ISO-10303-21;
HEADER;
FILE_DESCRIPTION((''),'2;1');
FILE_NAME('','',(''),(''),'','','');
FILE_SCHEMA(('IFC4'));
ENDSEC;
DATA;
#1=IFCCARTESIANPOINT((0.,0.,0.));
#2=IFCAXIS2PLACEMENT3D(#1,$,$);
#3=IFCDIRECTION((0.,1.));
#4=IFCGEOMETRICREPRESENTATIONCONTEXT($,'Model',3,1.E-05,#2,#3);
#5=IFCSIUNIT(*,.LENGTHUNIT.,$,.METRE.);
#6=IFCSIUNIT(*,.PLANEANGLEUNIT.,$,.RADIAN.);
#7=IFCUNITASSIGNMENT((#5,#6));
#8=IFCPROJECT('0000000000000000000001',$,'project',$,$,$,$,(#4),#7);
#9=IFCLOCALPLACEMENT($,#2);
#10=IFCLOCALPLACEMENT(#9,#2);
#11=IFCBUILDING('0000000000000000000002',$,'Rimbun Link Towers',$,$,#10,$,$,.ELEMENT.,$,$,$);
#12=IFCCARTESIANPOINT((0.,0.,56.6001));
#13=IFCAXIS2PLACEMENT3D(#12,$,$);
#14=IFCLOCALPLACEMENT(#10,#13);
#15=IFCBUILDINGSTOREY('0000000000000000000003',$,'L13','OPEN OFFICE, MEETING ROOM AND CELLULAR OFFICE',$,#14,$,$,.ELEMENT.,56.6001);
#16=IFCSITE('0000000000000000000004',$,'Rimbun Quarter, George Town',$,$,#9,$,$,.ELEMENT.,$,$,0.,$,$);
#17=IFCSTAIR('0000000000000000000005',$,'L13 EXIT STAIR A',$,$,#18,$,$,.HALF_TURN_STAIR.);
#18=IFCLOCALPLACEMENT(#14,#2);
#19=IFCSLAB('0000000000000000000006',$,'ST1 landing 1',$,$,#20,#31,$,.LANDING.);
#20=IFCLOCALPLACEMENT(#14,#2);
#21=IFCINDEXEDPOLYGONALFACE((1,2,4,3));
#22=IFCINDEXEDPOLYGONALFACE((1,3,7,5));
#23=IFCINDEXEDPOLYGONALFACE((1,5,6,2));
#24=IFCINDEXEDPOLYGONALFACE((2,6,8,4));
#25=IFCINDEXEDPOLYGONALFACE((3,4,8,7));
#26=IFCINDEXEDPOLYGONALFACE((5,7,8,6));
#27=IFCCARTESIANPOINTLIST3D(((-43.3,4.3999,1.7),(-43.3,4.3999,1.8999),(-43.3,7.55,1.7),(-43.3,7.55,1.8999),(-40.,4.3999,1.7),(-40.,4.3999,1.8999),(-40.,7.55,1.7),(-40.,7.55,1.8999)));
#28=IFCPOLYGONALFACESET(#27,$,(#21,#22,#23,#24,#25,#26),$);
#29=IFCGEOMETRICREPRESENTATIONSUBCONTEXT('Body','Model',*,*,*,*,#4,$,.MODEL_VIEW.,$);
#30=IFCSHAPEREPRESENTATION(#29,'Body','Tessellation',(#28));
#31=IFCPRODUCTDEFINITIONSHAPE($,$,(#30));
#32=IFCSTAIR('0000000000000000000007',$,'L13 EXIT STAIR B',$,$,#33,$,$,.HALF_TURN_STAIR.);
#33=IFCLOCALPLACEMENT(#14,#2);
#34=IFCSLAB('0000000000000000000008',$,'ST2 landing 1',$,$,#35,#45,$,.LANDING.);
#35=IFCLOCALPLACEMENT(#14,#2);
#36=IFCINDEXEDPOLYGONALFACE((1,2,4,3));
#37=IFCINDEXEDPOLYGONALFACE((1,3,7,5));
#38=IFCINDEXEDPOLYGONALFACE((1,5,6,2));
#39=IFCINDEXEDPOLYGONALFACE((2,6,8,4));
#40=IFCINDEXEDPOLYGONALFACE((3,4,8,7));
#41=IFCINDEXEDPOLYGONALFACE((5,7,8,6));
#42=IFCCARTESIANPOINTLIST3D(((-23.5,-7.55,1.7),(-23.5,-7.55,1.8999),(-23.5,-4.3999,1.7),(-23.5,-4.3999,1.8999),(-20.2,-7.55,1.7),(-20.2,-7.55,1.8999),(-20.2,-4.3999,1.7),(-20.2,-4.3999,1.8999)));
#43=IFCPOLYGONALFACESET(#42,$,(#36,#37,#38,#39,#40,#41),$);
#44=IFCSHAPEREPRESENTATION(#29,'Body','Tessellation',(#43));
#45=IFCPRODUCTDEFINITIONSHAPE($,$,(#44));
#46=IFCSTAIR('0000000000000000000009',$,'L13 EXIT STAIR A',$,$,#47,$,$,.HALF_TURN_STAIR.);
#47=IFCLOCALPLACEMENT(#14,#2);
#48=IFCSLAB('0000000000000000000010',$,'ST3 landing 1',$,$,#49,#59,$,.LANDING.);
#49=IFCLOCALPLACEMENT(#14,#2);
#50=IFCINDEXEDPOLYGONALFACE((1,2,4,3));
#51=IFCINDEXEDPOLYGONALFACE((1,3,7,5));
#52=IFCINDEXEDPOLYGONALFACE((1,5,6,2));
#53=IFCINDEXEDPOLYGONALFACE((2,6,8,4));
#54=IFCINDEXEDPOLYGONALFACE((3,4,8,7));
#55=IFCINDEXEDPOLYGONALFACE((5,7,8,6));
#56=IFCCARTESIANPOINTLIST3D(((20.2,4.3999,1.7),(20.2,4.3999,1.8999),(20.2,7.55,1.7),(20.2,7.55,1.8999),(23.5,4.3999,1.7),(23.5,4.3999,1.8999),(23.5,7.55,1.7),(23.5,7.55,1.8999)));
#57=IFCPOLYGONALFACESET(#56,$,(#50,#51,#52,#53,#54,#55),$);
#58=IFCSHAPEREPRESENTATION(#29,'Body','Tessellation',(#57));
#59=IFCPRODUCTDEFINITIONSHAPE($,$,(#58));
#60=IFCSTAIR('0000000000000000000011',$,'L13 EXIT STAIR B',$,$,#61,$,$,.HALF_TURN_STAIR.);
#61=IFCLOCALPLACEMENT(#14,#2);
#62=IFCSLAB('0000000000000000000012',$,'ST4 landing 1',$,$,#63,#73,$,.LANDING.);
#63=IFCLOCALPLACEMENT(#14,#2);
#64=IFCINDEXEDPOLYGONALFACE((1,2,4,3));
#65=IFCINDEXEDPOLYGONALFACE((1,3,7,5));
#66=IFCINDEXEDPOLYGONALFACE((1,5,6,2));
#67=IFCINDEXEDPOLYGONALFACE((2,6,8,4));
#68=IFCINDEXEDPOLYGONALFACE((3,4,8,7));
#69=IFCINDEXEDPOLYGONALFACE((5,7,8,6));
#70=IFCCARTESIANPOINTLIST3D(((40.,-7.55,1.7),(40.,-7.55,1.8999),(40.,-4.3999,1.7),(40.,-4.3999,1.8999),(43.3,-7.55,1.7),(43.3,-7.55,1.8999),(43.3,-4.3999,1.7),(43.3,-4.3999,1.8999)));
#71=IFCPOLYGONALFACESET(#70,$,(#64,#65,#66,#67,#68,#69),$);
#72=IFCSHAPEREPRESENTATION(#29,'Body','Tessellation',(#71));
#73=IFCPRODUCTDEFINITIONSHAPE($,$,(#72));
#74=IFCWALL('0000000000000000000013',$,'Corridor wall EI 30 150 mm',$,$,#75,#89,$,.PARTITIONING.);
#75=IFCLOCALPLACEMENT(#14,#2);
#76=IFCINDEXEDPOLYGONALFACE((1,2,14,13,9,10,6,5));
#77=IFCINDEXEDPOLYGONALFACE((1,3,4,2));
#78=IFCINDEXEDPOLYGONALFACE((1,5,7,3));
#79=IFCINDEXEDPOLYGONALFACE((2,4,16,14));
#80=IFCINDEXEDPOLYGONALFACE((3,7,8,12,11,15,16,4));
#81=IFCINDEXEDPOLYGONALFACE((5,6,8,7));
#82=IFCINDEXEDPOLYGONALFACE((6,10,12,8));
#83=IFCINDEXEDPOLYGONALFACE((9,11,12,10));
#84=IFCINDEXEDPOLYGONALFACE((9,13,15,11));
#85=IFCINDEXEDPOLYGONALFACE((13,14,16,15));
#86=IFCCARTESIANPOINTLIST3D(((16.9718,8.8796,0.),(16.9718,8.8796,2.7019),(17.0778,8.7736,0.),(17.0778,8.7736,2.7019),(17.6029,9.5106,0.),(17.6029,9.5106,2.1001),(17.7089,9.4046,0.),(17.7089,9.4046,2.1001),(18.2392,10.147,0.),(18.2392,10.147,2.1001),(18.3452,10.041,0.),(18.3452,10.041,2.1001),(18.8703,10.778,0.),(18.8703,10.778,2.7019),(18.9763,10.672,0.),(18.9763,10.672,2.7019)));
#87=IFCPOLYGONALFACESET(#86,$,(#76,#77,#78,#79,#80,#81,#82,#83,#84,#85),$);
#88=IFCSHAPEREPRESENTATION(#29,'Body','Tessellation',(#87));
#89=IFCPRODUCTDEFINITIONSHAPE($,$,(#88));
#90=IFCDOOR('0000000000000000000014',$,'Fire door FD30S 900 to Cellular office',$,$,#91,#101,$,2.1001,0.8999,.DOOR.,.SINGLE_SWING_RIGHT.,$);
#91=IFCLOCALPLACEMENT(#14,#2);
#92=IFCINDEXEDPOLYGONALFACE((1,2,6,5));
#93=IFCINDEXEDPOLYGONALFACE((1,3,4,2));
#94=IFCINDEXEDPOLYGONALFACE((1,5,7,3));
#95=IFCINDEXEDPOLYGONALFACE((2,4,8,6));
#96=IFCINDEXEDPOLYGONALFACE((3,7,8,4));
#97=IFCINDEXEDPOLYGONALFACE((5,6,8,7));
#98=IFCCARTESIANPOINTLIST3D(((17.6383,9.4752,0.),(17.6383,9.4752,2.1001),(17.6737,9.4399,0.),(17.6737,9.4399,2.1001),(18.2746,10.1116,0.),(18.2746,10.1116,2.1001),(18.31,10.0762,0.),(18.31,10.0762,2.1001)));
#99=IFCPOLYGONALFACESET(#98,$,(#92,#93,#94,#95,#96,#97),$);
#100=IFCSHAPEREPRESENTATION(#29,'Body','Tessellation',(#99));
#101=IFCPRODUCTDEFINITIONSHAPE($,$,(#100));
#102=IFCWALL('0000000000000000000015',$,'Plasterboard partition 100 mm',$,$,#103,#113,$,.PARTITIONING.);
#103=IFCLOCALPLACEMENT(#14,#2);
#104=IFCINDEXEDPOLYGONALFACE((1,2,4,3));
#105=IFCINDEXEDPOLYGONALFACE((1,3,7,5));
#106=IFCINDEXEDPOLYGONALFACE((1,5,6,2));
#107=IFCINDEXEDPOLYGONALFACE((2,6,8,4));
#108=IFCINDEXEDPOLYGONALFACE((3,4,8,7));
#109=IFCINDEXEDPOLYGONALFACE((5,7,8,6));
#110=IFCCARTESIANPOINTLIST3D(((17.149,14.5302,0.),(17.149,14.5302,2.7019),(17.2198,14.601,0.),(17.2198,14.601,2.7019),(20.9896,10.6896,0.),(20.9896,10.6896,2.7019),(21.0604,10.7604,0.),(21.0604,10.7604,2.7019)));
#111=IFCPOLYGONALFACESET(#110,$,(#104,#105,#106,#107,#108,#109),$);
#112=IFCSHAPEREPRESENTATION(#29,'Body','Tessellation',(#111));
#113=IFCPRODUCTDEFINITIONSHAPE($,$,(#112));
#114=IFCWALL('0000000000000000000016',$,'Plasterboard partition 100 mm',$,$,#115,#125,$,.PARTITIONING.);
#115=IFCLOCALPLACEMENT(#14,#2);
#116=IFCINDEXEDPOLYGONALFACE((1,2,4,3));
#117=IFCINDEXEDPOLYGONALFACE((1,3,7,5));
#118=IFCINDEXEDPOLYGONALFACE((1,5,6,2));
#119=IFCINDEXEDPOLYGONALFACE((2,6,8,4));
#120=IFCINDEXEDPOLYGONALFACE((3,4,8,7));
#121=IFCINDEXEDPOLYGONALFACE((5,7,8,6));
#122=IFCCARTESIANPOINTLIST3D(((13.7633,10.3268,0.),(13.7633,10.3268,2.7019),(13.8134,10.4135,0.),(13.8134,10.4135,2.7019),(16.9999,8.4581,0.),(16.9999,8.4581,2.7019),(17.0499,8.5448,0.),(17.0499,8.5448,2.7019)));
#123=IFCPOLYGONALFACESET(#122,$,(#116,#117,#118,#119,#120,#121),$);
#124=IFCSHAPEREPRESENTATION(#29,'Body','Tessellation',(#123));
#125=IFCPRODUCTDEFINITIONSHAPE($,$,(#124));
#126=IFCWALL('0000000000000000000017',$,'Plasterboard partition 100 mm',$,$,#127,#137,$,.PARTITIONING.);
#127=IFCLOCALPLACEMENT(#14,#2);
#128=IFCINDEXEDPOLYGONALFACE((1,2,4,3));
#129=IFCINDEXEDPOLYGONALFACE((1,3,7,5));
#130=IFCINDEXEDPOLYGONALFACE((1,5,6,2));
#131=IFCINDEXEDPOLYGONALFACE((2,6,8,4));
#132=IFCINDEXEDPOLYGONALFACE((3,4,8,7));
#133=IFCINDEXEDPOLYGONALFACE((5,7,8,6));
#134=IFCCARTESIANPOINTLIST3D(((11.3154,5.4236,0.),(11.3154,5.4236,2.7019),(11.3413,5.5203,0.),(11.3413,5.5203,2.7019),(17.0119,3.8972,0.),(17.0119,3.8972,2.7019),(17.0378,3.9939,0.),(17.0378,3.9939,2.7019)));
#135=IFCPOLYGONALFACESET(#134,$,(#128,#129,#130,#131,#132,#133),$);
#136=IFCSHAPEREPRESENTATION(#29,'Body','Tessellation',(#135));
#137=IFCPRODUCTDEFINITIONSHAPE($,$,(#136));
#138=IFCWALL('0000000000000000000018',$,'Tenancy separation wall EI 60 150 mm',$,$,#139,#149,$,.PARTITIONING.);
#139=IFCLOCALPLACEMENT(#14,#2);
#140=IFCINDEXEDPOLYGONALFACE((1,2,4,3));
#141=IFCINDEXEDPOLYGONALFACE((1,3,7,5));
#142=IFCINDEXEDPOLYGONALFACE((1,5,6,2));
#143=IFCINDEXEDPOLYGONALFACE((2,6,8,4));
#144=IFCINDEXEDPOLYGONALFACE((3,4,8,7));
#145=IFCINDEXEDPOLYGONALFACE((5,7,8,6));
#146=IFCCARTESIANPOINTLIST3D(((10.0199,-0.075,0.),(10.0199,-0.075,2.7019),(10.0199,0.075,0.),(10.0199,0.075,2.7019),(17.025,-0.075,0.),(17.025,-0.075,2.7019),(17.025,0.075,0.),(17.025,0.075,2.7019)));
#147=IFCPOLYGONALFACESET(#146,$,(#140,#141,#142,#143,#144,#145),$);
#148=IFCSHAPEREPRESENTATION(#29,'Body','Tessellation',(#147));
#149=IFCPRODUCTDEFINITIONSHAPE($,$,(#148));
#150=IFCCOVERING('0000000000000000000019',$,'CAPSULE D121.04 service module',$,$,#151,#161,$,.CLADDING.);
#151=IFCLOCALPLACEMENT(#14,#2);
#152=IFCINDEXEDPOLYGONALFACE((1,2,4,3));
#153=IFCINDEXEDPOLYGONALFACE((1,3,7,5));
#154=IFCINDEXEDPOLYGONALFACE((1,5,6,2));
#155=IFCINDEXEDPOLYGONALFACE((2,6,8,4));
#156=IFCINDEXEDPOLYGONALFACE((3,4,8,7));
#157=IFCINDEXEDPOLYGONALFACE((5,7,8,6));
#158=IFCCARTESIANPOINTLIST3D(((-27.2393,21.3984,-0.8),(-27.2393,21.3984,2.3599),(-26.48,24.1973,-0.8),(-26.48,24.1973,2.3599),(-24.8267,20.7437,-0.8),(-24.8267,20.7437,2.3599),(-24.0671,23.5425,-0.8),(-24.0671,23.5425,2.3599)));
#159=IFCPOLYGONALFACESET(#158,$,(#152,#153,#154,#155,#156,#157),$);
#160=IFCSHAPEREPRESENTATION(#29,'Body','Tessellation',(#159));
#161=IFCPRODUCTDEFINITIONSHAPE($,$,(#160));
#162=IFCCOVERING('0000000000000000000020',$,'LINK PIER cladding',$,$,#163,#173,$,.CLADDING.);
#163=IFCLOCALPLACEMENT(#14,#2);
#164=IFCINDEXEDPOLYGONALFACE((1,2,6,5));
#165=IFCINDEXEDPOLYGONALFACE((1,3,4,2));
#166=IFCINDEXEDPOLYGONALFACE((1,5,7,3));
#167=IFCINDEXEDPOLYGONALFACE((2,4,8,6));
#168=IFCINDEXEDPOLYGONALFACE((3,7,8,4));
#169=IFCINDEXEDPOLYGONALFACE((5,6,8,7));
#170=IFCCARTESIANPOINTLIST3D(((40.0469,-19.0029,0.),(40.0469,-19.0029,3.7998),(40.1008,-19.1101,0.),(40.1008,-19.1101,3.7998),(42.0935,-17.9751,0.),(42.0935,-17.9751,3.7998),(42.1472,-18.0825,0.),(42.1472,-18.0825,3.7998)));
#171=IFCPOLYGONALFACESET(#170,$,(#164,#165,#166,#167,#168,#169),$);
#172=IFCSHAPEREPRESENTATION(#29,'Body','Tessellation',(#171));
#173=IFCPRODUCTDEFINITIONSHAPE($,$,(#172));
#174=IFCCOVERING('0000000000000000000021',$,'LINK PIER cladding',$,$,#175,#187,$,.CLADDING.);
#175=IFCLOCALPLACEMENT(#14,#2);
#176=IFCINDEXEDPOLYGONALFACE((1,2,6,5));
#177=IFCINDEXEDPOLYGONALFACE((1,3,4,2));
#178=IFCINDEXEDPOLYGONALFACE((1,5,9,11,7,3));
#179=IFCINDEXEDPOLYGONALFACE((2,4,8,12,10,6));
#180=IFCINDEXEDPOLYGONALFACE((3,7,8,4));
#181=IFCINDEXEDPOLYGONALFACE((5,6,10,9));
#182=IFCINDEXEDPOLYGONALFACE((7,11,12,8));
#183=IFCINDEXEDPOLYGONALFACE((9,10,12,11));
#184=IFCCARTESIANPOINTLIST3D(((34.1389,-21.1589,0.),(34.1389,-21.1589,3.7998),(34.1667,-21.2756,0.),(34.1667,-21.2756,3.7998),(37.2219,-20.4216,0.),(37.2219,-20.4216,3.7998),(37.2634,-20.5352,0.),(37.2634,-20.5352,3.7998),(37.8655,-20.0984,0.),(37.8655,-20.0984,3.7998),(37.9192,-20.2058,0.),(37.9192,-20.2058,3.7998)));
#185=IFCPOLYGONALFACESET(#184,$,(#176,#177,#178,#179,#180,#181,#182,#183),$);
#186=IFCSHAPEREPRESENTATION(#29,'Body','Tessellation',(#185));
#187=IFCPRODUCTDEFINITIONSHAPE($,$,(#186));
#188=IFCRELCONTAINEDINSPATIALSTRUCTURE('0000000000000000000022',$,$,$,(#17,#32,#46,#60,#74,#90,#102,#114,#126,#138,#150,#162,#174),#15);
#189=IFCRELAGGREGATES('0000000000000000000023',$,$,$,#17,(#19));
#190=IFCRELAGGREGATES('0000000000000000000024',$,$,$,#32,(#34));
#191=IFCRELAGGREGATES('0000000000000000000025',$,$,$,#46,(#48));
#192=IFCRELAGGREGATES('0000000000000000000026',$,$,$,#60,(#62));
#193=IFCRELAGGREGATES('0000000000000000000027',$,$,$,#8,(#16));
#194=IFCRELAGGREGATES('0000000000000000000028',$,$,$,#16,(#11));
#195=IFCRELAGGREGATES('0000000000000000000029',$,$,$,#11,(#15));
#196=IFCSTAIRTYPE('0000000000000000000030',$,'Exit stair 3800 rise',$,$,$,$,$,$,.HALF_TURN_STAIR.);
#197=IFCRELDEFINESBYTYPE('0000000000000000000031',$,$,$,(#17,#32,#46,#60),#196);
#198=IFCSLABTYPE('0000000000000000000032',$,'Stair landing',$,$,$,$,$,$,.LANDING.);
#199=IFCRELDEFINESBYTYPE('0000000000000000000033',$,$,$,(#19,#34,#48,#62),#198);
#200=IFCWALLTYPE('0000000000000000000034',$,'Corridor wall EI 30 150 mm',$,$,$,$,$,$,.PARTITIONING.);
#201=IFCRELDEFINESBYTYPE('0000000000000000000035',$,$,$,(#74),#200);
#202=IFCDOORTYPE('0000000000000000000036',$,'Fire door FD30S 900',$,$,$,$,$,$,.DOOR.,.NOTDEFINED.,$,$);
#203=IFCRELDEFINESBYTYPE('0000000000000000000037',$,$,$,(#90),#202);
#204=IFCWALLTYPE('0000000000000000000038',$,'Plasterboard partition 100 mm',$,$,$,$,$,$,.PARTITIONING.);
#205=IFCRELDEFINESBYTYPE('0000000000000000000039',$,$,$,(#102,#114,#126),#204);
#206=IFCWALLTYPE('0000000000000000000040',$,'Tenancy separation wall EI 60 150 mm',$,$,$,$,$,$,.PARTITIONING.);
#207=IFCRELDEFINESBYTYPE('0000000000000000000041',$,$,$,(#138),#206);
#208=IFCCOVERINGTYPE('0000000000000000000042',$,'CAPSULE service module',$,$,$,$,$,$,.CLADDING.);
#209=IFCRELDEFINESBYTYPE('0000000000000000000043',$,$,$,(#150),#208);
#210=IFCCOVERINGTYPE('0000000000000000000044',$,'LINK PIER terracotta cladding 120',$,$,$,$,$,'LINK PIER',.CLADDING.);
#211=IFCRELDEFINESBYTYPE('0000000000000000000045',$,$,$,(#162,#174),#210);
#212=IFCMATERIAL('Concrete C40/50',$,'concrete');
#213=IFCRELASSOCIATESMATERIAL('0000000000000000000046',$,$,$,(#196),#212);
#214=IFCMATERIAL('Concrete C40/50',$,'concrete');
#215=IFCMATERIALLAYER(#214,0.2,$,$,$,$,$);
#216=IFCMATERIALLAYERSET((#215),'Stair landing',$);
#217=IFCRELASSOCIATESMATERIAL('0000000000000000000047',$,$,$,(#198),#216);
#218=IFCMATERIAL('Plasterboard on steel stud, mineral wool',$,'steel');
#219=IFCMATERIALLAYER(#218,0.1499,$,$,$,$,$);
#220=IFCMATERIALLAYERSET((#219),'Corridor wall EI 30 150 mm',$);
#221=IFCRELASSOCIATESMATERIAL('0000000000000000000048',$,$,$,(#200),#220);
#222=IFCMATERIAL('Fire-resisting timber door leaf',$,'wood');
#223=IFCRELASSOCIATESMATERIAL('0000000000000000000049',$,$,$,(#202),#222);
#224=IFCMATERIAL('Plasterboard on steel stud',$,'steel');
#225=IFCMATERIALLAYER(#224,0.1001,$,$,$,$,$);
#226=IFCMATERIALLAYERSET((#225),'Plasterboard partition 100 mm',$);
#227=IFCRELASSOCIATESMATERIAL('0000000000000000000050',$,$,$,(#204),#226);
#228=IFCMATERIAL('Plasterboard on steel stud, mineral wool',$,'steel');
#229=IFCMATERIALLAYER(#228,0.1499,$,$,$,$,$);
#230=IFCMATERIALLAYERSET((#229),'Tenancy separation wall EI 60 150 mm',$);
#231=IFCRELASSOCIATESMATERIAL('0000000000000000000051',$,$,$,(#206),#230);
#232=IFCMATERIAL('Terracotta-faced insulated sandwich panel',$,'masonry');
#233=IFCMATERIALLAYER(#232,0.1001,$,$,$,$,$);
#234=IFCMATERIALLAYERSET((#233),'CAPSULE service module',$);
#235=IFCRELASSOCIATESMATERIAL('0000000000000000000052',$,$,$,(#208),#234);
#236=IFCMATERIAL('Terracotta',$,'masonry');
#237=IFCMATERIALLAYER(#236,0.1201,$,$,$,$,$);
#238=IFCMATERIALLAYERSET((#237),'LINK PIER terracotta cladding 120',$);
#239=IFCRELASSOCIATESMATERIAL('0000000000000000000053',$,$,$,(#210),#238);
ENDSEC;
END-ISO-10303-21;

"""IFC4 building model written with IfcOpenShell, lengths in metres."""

from ifc_helpers import new_model, si_unit, direction, frame, frame_2d, origin, place, context, subcontext, project, spatial, polyline, rectangle, outline, extrude, material, layer, layer_set, type_object, element, fill, aggregate, save


model = new_model("IFC4")

# Units and contexts
model_context = context("Model", 3, precision=1e-05, world=origin(), true_north=direction((0.0, 1.0)))
body_context = subcontext(model_context, "Body", "Model", "MODEL_VIEW")
ifc_project = project(units=[si_unit("LENGTHUNIT", "METRE"), si_unit("PLANEANGLEUNIT", "RADIAN")], contexts=[model_context])

# Site, building, storey
site_placement = place(None, origin())
site = spatial("IfcSite", under=ifc_project, at=site_placement, Name="Rimbun Quarter, George Town", CompositionType="ELEMENT", RefElevation=0.0)
building_placement = place(site_placement, origin())
building = spatial("IfcBuilding", under=site, at=building_placement, Name="Rimbun Link Towers", CompositionType="ELEMENT")
storey_placement = place(building_placement, frame((0.0, 0.0, 56.6001)))
storey = spatial("IfcBuildingStorey", under=building, at=storey_placement, Name="L13", Description="OPEN OFFICE, MEETING ROOM AND CELLULAR OFFICE", CompositionType="ELEMENT", Elevation=56.6001)

# Stairs, slabs
ifc_material_1 = material(Name="Concrete C40/50", Category="concrete")
stair_type = type_object("IfcStairType", Name="Exit stair 3800 rise", PredefinedType="HALF_TURN_STAIR", material=ifc_material_1)
stair_1_placement = place(storey_placement, origin())
stair_1 = element("IfcStair", 1, at=stair_1_placement, inside=storey, type_object=stair_type, Name="L13 EXIT STAIR A", PredefinedType="HALF_TURN_STAIR")
ifc_material_2 = material(Name="Concrete C40/50", Category="concrete")
ifc_layer_1 = layer(ifc_material_2, 0.2)
ifc_layer_set_1 = layer_set([ifc_layer_1], Name="Stair landing")
slab_type = type_object("IfcSlabType", Name="Stair landing", PredefinedType="LANDING", material=ifc_layer_set_1)
slab_1_placement = place(storey_placement, frame((0.0, 0.0, 1.7)))
slab_1 = element("IfcSlab", 2, at=slab_1_placement, type_object=slab_type, Name="ST1 landing 1", PredefinedType="LANDING", context=body_context, shape_type="SweptSolid", body=[
    extrude(outline(polyline([(-40.0, 7.55), (-43.3, 7.55), (-43.3, 4.3999), (-40.0, 4.3999), (-40.0, 7.55)])), origin(), (0.0, 0.0, 1.0), 0.2),
])
aggregate(stair_1, [slab_1])
stair_2_placement = place(storey_placement, origin())
stair_2 = element("IfcStair", 3, at=stair_2_placement, inside=storey, type_object=stair_type, Name="L13 EXIT STAIR B", PredefinedType="HALF_TURN_STAIR")
slab_2_placement = place(storey_placement, frame((0.0, 0.0, 1.7)))
slab_2 = element("IfcSlab", 4, at=slab_2_placement, type_object=slab_type, Name="ST2 landing 1", PredefinedType="LANDING", context=body_context, shape_type="SweptSolid", body=[
    extrude(outline(polyline([(-23.5, -7.55), (-20.2, -7.55), (-20.2, -4.3999), (-23.5, -4.3999), (-23.5, -7.55)])), origin(), (0.0, 0.0, 1.0), 0.2),
])
aggregate(stair_2, [slab_2])
stair_3_placement = place(storey_placement, origin())
stair_3 = element("IfcStair", 5, at=stair_3_placement, inside=storey, type_object=stair_type, Name="L13 EXIT STAIR A", PredefinedType="HALF_TURN_STAIR")
slab_3_placement = place(storey_placement, frame((0.0, 0.0, 1.7)))
slab_3 = element("IfcSlab", 6, at=slab_3_placement, type_object=slab_type, Name="ST3 landing 1", PredefinedType="LANDING", context=body_context, shape_type="SweptSolid", body=[
    extrude(outline(polyline([(23.5, 7.55), (20.2, 7.55), (20.2, 4.3999), (23.5, 4.3999), (23.5, 7.55)])), origin(), (0.0, 0.0, 1.0), 0.2),
])
aggregate(stair_3, [slab_3])
stair_4_placement = place(storey_placement, origin())
stair_4 = element("IfcStair", 7, at=stair_4_placement, inside=storey, type_object=stair_type, Name="L13 EXIT STAIR B", PredefinedType="HALF_TURN_STAIR")
slab_4_placement = place(storey_placement, frame((0.0, 0.0, 1.7)))
slab_4 = element("IfcSlab", 8, at=slab_4_placement, type_object=slab_type, Name="ST4 landing 1", PredefinedType="LANDING", context=body_context, shape_type="SweptSolid", body=[
    extrude(outline(polyline([(40.0, -7.55), (43.3, -7.55), (43.3, -4.3999), (40.0, -4.3999), (40.0, -7.55)])), origin(), (0.0, 0.0, 1.0), 0.2),
])
aggregate(stair_4, [slab_4])

# Wall, opening, door
ifc_material_3 = material(Name="Plasterboard on steel stud, mineral wool", Category="steel")
ifc_layer_2 = layer(ifc_material_3, 0.1499)
ifc_layer_set_2 = layer_set([ifc_layer_2], Name="Corridor wall EI 30 150 mm")
wall_type_1 = type_object("IfcWallType", Name="Corridor wall EI 30 150 mm", PredefinedType="PARTITIONING", material=ifc_layer_set_2)
wall_1_placement = place(storey_placement, frame((17.0249, 8.8267, 0.0), z_axis=(0.0, 0.0, 1.0), x_axis=(0.707107, 0.707107, 0.0)))
wall_1 = element("IfcWall", 9, at=wall_1_placement, inside=storey, type_object=wall_type_1, Name="Corridor wall EI 30 150 mm", PredefinedType="PARTITIONING", context=body_context, shape_type="SweptSolid", body=[
    extrude(rectangle(XDim=2.6848, YDim=0.1499, at=frame_2d((1.3423, 0.0))), origin(), (0.0, 0.0, 1.0), 2.7019),
])
opening_placement = place(wall_1_placement, frame((0.8923, 0.0, 0.0)))
opening = element("IfcOpeningElement", 10, at=opening_placement, cuts=wall_1, PredefinedType="OPENING", context=body_context, shape_type="SweptSolid", body=[
    extrude(rectangle(XDim=0.8999, YDim=2.1001, at=frame_2d((0.45, 1.05))), frame((0.0, 0.085, 0.0), z_axis=(0.0, -1.0, 0.0), x_axis=(1.0, 0.0, 0.0)), (0.0, 0.0, 1.0), 0.1699),
])
ifc_material_4 = material(Name="Fire-resisting timber door leaf", Category="wood")
door_type = type_object("IfcDoorType", Name="Fire door FD30S 900", OperationType="NOTDEFINED", PredefinedType="DOOR", material=ifc_material_4)
door_placement = place(opening_placement, origin())
door = element("IfcDoor", 11, at=door_placement, inside=storey, type_object=door_type, Name="Fire door FD30S 900 to Cellular office", OperationType="SINGLE_SWING_RIGHT", OverallHeight=2.1001, OverallWidth=0.8999, PredefinedType="DOOR", context=body_context, shape_type="SweptSolid", body=[
    extrude(rectangle(XDim=0.8999, YDim=2.1001, at=frame_2d((0.45, 1.05))), frame((0.0, 0.0249, 0.0), z_axis=(0.0, -1.0, 0.0), x_axis=(1.0, 0.0, 0.0)), (0.0, 0.0, 1.0), 0.05),
])
fill(opening, door)

# Walls
ifc_material_5 = material(Name="Plasterboard on steel stud", Category="steel")
ifc_layer_3 = layer(ifc_material_5, 0.1001)
ifc_layer_set_3 = layer_set([ifc_layer_3], Name="Plasterboard partition 100 mm")
wall_type_2 = type_object("IfcWallType", Name="Plasterboard partition 100 mm", PredefinedType="PARTITIONING", material=ifc_layer_set_3)
wall_2_placement = place(storey_placement, frame((17.1843, 14.5657, 0.0), z_axis=(0.0, 0.0, 1.0), x_axis=(0.707107, -0.707107, 0.0)))
element("IfcWall", 12, at=wall_2_placement, inside=storey, type_object=wall_type_2, Name="Plasterboard partition 100 mm", PredefinedType="PARTITIONING", context=body_context, shape_type="SweptSolid", body=[
    extrude(rectangle(XDim=5.4314, YDim=0.1001, at=frame_2d((2.7158, 0.0))), origin(), (0.0, 0.0, 1.0), 2.7019),
])
wall_3_placement = place(storey_placement, frame((13.7883, 10.3701, 0.0), z_axis=(0.0, 0.0, 1.0), x_axis=(0.866023, -0.500003, 0.0)))
element("IfcWall", 13, at=wall_3_placement, inside=storey, type_object=wall_type_2, Name="Plasterboard partition 100 mm", PredefinedType="PARTITIONING", context=body_context, shape_type="SweptSolid", body=[
    extrude(rectangle(XDim=3.7373, YDim=0.1001, at=frame_2d((1.8687, 0.0))), origin(), (0.0, 0.0, 1.0), 2.7019),
])
wall_4_placement = place(storey_placement, frame((11.3284, 5.4719, 0.0), z_axis=(0.0, 0.0, 1.0), x_axis=(0.965926, -0.258817, 0.0)))
element("IfcWall", 14, at=wall_4_placement, inside=storey, type_object=wall_type_2, Name="Plasterboard partition 100 mm", PredefinedType="PARTITIONING", context=body_context, shape_type="SweptSolid", body=[
    extrude(rectangle(XDim=5.8975, YDim=0.1001, at=frame_2d((2.9487, 0.0))), origin(), (0.0, 0.0, 1.0), 2.7019),
])
ifc_material_6 = material(Name="Plasterboard on steel stud, mineral wool", Category="steel")
ifc_layer_4 = layer(ifc_material_6, 0.1499)
ifc_layer_set_4 = layer_set([ifc_layer_4], Name="Tenancy separation wall EI 60 150 mm")
wall_type_3 = type_object("IfcWallType", Name="Tenancy separation wall EI 60 150 mm", PredefinedType="PARTITIONING", material=ifc_layer_set_4)
wall_5_placement = place(storey_placement, frame((17.0249, 0.0, 0.0), z_axis=(0.0, 0.0, 1.0), x_axis=(-1.0, 0.0, 0.0)))
element("IfcWall", 15, at=wall_5_placement, inside=storey, type_object=wall_type_3, Name="Tenancy separation wall EI 60 150 mm", PredefinedType="PARTITIONING", context=body_context, shape_type="SweptSolid", body=[
    extrude(rectangle(XDim=7.0051, YDim=0.1499, at=frame_2d((3.5024, 0.0))), origin(), (0.0, 0.0, 1.0), 2.7019),
])

# Coverings
ifc_material_7 = material(Name="Terracotta-faced insulated sandwich panel", Category="masonry")
ifc_layer_5 = layer(ifc_material_7, 0.1001)
ifc_layer_set_5 = layer_set([ifc_layer_5], Name="CAPSULE service module")
covering_type_1 = type_object("IfcCoveringType", Name="CAPSULE service module", PredefinedType="CLADDING", material=ifc_layer_set_5)
covering_1_placement = place(storey_placement, frame((0.0, 0.0, -0.8)))
element("IfcCovering", 16, at=covering_1_placement, inside=storey, type_object=covering_type_1, Name="CAPSULE D121.04 service module", PredefinedType="CLADDING", context=body_context, shape_type="SweptSolid", body=[
    extrude(outline(polyline([(-24.0671, 23.5425), (-26.48, 24.1973), (-27.2393, 21.3984), (-24.8267, 20.7437), (-24.0671, 23.5425)])), origin(), (0.0, 0.0, 1.0), 3.1599),
])
ifc_material_8 = material(Name="Terracotta", Category="masonry")
ifc_layer_6 = layer(ifc_material_8, 0.1201)
ifc_layer_set_6 = layer_set([ifc_layer_6], Name="LINK PIER terracotta cladding 120")
covering_type_2 = type_object("IfcCoveringType", Name="LINK PIER terracotta cladding 120", ElementType="LINK PIER", PredefinedType="CLADDING", material=ifc_layer_set_6)
covering_2_placement = place(storey_placement, origin())
element("IfcCovering", 17, at=covering_2_placement, inside=storey, type_object=covering_type_2, Name="LINK PIER cladding", PredefinedType="CLADDING", context=body_context, shape_type="SweptSolid", body=[
    extrude(outline(polyline([(42.0935, -17.9751), (40.0469, -19.0029), (40.1008, -19.1101), (42.1472, -18.0825), (42.0935, -17.9751)])), origin(), (0.0, 0.0, 1.0), 3.7998),
])
covering_3_placement = place(storey_placement, origin())
element("IfcCovering", 18, at=covering_3_placement, inside=storey, type_object=covering_type_2, Name="LINK PIER cladding", PredefinedType="CLADDING", context=body_context, shape_type="SweptSolid", body=[
    extrude(outline(polyline([(37.8655, -20.0984), (37.2219, -20.4216), (34.1389, -21.1589), (34.1667, -21.2756), (37.2634, -20.5352), (37.9192, -20.2058), (37.8655, -20.0984)])), origin(), (0.0, 0.0, 1.0), 3.7998),
])

save(model, "model.ifc")
